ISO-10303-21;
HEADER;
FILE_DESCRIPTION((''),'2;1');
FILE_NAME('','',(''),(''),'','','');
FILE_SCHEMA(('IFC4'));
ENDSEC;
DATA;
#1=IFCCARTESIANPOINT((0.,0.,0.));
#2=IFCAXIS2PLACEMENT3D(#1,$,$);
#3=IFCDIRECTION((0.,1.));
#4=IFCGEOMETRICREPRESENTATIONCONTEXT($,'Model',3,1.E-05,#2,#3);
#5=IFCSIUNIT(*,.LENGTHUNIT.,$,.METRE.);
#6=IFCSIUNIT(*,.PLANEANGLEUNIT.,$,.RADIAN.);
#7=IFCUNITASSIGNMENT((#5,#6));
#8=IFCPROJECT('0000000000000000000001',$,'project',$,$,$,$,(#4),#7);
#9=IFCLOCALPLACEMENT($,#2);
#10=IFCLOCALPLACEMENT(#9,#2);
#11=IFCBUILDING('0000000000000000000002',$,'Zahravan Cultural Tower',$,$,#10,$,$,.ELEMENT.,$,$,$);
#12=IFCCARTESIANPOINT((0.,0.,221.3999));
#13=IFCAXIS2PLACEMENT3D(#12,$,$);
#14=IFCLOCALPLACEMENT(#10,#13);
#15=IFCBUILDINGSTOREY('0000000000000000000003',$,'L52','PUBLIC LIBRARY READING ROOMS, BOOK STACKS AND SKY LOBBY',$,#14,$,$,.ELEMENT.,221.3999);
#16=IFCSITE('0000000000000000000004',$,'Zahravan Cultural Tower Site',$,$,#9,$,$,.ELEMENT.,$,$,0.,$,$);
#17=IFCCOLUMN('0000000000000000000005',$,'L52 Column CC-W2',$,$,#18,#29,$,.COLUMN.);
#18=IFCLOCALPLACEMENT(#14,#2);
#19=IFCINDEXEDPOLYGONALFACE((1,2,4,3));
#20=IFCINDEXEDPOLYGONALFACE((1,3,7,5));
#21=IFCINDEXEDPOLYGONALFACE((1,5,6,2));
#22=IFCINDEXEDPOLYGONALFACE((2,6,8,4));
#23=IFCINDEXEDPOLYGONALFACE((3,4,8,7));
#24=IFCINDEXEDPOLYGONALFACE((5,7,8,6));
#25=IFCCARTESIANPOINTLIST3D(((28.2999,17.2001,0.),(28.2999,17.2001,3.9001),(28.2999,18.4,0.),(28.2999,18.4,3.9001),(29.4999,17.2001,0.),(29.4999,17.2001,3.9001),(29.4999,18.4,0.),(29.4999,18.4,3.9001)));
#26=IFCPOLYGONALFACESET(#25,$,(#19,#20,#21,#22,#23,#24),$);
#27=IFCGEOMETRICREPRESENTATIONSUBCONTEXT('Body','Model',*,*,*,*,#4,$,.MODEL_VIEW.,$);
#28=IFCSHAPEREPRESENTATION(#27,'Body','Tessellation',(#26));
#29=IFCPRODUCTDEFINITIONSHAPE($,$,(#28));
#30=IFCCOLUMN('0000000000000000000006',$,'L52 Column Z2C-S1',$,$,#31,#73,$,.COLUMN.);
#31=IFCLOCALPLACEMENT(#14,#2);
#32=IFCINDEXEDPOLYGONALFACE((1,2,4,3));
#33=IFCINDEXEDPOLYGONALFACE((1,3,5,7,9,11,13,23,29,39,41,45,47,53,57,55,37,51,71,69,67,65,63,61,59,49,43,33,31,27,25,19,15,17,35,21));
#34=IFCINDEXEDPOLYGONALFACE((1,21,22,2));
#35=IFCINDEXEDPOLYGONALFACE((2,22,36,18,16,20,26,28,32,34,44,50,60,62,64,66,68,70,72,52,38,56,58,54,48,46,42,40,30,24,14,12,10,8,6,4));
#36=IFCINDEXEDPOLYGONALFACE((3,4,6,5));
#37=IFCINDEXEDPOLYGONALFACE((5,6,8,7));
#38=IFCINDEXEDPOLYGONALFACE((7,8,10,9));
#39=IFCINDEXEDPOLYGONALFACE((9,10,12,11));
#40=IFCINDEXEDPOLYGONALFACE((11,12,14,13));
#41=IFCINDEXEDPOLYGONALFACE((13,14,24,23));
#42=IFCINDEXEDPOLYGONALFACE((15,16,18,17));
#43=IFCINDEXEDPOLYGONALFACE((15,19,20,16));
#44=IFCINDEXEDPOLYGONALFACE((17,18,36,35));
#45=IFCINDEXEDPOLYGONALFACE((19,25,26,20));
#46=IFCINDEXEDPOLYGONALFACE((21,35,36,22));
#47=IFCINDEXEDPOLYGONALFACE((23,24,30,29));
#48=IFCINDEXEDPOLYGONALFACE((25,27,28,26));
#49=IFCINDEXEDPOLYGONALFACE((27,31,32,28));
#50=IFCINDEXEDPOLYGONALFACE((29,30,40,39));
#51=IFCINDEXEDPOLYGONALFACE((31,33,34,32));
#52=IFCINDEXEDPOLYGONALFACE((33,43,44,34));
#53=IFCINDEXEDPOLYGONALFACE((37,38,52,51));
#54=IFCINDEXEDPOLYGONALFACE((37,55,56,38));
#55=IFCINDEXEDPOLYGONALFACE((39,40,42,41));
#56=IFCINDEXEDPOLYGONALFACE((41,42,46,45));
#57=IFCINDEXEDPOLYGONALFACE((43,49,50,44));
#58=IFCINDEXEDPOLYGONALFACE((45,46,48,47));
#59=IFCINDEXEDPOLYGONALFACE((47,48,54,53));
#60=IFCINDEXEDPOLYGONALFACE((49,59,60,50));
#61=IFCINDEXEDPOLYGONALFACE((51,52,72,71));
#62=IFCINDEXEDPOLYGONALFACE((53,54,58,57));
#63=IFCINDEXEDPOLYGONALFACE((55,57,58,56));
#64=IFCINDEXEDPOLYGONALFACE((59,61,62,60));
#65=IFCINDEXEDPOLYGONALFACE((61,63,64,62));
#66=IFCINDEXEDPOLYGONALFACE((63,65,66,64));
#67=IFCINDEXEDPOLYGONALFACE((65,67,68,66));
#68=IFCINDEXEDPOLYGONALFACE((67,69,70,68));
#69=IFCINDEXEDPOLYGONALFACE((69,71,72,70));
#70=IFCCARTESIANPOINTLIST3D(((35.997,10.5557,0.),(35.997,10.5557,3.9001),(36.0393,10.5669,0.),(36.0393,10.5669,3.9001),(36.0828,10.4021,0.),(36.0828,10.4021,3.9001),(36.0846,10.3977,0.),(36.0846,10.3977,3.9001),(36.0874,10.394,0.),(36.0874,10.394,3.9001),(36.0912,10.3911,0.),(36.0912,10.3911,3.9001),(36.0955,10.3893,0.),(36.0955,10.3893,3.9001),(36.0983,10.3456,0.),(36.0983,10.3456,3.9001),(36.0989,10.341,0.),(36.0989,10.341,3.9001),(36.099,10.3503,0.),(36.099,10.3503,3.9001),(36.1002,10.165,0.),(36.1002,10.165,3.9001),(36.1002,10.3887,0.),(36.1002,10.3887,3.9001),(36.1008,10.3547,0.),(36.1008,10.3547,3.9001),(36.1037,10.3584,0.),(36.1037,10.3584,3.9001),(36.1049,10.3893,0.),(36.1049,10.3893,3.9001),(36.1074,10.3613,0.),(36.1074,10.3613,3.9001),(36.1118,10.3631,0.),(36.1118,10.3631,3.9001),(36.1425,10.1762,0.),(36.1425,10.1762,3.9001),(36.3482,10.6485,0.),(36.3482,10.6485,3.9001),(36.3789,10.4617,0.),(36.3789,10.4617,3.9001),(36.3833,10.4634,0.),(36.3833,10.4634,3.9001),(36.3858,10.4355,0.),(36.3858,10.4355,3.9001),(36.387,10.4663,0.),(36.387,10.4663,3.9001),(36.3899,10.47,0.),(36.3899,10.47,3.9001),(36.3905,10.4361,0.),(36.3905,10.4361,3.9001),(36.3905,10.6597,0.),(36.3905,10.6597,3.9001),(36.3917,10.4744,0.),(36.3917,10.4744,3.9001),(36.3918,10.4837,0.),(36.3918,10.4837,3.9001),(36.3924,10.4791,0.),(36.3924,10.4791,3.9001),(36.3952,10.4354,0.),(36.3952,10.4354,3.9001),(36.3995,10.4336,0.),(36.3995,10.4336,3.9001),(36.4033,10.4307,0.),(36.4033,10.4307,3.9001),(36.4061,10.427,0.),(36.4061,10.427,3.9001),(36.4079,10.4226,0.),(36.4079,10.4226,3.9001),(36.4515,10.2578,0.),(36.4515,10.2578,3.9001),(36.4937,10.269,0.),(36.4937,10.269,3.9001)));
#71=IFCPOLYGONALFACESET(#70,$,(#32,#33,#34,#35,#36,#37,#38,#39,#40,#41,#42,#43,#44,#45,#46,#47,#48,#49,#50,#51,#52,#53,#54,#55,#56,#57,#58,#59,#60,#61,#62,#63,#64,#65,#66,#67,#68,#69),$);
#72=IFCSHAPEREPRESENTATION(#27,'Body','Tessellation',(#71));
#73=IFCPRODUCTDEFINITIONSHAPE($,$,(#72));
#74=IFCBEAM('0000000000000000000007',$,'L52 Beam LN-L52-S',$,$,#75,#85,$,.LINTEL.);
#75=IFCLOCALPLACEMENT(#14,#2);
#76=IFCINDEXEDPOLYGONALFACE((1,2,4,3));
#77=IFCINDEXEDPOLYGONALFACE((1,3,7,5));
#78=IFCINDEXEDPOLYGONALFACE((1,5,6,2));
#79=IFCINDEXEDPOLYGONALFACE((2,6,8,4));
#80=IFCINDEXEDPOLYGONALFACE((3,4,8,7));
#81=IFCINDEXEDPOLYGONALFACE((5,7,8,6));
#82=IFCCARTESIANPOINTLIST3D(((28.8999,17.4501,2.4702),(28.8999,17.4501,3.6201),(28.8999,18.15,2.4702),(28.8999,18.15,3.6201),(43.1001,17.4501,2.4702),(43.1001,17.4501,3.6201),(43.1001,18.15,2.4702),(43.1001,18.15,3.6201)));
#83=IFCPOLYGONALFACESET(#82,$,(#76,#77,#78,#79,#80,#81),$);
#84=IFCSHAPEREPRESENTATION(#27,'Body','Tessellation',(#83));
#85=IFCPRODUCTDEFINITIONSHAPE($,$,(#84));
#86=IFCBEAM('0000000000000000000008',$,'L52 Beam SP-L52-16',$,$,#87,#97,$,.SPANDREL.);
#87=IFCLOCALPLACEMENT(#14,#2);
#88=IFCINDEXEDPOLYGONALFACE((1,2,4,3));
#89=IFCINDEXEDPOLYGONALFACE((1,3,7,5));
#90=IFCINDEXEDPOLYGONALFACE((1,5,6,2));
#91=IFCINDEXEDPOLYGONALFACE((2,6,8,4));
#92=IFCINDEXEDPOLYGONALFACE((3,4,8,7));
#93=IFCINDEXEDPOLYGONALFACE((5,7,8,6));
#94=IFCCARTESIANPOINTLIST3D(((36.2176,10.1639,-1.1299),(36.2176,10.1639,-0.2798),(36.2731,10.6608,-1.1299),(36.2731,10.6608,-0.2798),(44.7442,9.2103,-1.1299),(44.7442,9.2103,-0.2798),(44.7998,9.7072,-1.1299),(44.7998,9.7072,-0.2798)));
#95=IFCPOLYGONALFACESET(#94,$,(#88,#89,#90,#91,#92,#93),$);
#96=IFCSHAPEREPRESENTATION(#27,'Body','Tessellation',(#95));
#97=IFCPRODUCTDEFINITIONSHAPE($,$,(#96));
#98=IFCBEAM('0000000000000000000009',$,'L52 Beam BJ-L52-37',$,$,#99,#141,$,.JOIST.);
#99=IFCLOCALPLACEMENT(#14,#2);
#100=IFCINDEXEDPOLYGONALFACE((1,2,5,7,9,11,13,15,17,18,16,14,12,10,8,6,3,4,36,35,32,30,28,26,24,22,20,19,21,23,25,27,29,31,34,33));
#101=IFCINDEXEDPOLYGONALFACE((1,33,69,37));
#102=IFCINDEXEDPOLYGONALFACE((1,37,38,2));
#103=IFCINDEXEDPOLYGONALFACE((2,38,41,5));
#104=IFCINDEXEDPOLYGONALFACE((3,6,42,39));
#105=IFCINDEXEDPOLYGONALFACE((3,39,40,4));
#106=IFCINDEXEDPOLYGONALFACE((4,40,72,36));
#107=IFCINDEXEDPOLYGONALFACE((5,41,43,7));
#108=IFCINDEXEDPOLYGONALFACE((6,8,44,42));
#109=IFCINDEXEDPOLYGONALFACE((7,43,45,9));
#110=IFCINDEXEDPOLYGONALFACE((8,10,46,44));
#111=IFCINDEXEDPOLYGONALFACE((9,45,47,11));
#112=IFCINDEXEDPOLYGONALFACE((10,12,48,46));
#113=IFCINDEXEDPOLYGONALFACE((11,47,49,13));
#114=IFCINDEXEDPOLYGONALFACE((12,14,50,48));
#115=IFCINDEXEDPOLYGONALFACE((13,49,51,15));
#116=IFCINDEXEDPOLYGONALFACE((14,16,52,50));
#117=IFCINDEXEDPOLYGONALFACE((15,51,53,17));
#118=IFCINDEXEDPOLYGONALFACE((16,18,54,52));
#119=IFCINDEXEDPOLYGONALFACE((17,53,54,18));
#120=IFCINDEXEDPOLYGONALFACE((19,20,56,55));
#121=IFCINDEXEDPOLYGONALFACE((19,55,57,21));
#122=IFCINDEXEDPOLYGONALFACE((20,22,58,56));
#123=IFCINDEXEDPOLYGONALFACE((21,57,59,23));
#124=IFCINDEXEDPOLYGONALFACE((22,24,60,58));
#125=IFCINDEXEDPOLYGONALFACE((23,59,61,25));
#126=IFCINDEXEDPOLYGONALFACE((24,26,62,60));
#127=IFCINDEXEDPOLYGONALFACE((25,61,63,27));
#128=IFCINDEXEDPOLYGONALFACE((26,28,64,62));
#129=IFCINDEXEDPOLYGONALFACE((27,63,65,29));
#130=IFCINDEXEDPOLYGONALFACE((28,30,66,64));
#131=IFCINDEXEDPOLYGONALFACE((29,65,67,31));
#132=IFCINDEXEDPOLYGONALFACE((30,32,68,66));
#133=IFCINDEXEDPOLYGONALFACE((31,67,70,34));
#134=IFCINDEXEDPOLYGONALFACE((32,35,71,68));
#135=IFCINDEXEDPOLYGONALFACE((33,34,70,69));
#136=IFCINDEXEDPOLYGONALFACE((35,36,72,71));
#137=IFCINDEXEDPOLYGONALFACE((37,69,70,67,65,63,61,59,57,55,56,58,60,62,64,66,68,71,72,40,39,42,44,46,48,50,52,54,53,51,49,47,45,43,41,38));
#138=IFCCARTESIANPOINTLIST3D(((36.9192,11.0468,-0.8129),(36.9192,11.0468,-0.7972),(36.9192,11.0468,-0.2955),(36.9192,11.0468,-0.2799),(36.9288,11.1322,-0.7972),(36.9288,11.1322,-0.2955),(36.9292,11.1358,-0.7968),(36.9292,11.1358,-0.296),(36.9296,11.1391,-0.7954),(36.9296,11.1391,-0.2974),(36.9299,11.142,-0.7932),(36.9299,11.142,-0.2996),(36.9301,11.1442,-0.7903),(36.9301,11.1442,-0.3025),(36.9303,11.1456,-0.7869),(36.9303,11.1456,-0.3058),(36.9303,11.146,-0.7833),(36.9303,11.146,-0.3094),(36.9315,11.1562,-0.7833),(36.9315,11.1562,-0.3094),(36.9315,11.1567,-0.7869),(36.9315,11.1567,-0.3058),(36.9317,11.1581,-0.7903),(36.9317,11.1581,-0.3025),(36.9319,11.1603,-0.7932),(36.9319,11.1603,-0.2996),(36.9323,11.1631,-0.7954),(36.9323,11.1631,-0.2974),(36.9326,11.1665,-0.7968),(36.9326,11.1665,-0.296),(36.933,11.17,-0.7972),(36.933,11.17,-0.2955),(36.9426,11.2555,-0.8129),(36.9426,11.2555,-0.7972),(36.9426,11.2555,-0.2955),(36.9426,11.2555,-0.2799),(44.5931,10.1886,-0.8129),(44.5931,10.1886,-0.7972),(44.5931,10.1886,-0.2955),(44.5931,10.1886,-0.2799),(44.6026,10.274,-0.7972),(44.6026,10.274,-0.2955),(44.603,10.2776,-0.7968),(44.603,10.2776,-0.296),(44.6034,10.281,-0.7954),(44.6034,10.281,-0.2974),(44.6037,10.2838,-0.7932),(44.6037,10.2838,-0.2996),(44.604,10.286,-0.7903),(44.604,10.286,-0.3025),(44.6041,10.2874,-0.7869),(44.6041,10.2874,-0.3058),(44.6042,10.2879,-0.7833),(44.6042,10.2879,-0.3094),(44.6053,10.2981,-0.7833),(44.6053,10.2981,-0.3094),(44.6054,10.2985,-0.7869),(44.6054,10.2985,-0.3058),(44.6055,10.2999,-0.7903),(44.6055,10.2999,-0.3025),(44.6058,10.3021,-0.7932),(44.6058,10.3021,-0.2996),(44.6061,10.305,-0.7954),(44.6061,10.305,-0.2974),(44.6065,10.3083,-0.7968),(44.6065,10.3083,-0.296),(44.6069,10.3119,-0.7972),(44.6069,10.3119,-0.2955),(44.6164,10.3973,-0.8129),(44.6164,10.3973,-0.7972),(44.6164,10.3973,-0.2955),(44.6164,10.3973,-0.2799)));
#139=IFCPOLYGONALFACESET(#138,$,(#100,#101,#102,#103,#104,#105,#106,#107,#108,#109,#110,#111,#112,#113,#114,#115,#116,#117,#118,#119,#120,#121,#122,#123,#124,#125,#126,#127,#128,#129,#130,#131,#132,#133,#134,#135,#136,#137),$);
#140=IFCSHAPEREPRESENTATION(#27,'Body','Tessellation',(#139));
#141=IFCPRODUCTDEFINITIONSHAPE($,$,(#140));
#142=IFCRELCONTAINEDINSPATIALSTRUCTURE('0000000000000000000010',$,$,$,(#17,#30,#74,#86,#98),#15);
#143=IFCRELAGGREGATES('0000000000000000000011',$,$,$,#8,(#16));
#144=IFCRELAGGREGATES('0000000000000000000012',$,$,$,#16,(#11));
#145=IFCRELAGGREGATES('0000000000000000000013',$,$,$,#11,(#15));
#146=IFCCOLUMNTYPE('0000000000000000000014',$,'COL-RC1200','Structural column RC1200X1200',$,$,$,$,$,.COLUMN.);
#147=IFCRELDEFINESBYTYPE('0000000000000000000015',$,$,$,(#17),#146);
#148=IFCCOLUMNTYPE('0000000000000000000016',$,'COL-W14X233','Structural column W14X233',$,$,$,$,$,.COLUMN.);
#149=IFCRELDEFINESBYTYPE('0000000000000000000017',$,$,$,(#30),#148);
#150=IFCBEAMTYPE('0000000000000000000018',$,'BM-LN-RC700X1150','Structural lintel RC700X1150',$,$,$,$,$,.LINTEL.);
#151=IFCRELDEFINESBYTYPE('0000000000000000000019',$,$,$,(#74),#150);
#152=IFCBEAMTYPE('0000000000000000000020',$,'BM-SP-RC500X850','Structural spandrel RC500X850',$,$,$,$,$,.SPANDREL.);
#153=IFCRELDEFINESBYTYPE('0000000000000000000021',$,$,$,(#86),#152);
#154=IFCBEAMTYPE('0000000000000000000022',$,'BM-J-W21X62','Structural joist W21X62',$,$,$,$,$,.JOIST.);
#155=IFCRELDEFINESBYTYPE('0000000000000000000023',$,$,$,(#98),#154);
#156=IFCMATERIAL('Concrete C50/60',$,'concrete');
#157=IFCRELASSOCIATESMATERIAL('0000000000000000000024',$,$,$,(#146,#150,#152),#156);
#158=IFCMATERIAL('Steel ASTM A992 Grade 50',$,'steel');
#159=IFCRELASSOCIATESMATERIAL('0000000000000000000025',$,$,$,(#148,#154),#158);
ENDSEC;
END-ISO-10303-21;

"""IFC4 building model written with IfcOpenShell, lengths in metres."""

from ifc_helpers import new_model, si_unit, direction, frame, origin, origin_2d, place, context, subcontext, project, spatial, rectangle, i_section, extrude, source, transform, mapped, material, material_profile, profile_set, type_object, element, save


model = new_model("IFC4")

# Units and contexts
model_context = context("Model", 3, precision=1e-05, world=origin(), true_north=direction((0.0, 1.0)))
body_context = subcontext(model_context, "Body", "Model", "MODEL_VIEW")
ifc_project = project(units=[si_unit("LENGTHUNIT", "METRE"), si_unit("PLANEANGLEUNIT", "RADIAN")], contexts=[model_context])

# Site, building, storey
site_placement = place(None, origin())
site = spatial("IfcSite", under=ifc_project, at=site_placement, Name="Zahravan Cultural Tower Site", CompositionType="ELEMENT", RefElevation=0.0)
building_placement = place(site_placement, origin())
building = spatial("IfcBuilding", under=site, at=building_placement, Name="Zahravan Cultural Tower", CompositionType="ELEMENT")
storey_placement = place(building_placement, frame((0.0, 0.0, 221.3999)))
storey = spatial("IfcBuildingStorey", under=building, at=storey_placement, Name="L52", Description="PUBLIC LIBRARY READING ROOMS, BOOK STACKS AND SKY LOBBY", CompositionType="ELEMENT", Elevation=221.3999)

# Columns
ifc_material_1 = material(Name="Concrete C50/60", Category="concrete")
ifc_material_profile_1 = material_profile(ifc_material_1, rectangle(XDim=1.2, YDim=1.2, at=origin_2d()), Name="RC1200X1200")
ifc_profile_set_1 = profile_set([ifc_material_profile_1], Name="Concrete C50/60")
column_type_1 = type_object("IfcColumnType", Name="COL-RC1200", Description="Structural column RC1200X1200", PredefinedType="COLUMN", material=ifc_profile_set_1)
shared_shape_1 = source(origin(), body_context, "Body", "SweptSolid", [
    extrude(rectangle(XDim=1.2, YDim=1.2, at=origin_2d()), origin(), (0.0, 0.0, 1.0), 3.9001),
])
column_1_placement = place(storey_placement, frame((28.8999, 17.8, 0.0), z_axis=(0.0, 0.0, 1.0), x_axis=(1.0, 0.0, 0.0)))
element("IfcColumn", 1, at=column_1_placement, inside=storey, type_object=column_type_1, Name="L52 Column CC-W2", PredefinedType="COLUMN", context=body_context, shape_type="MappedRepresentation", body=[
    mapped(shared_shape_1, transform((0.0, 0.0, 0.0), x_axis=(1.0, 0.0, 0.0), y_axis=(0.0, 1.0, 0.0), z_axis=(0.0, 0.0, 1.0), scale=1.0)),
])
ifc_material_2 = material(Name="Steel ASTM A992 Grade 50", Category="steel")
ifc_material_profile_2 = material_profile(ifc_material_2, i_section(OverallWidth=0.4041, OverallDepth=0.407, WebThickness=0.0271, FlangeThickness=0.0437, FilletRadius=0.0181, at=origin_2d()), Name="W14X233")
ifc_profile_set_2 = profile_set([ifc_material_profile_2], Name="Steel ASTM A992 Grade 50")
column_type_2 = type_object("IfcColumnType", Name="COL-W14X233", Description="Structural column W14X233", PredefinedType="COLUMN", material=ifc_profile_set_2)
shared_shape_2 = source(origin(), body_context, "Body", "SweptSolid", [
    extrude(i_section(OverallWidth=0.4041, OverallDepth=0.407, WebThickness=0.0271, FlangeThickness=0.0437, FilletRadius=0.0181, at=origin_2d()), origin(), (0.0, 0.0, 1.0), 3.9001),
])
column_2_placement = place(storey_placement, frame((36.2454, 10.4124, 0.0), z_axis=(0.0, 0.0, 1.0), x_axis=(-0.255446, 0.966823, 0.0)))
element("IfcColumn", 2, at=column_2_placement, inside=storey, type_object=column_type_2, Name="L52 Column Z2C-S1", PredefinedType="COLUMN", context=body_context, shape_type="MappedRepresentation", body=[
    mapped(shared_shape_2, transform((0.0, 0.0, 0.0), x_axis=(1.0, 0.0, 0.0), y_axis=(0.0, 1.0, 0.0), z_axis=(0.0, 0.0, 1.0), scale=1.0)),
])

# Beams
ifc_material_profile_3 = material_profile(ifc_material_1, rectangle(XDim=0.7, YDim=1.1499, at=origin_2d()), Name="RC700X1150")
ifc_profile_set_3 = profile_set([ifc_material_profile_3], Name="Concrete C50/60")
beam_type_1 = type_object("IfcBeamType", Name="BM-LN-RC700X1150", Description="Structural lintel RC700X1150", PredefinedType="LINTEL", material=ifc_profile_set_3)
shared_shape_3 = source(origin(), body_context, "Body", "SweptSolid", [
    extrude(rectangle(XDim=0.7, YDim=1.1499, at=origin_2d()), origin(), (0.0, 0.0, 1.0), 14.2002),
])
beam_1_placement = place(storey_placement, frame((28.8999, 17.8, 3.0452), z_axis=(1.0, 0.0, 0.0), x_axis=(0.0, 1.0, 0.0)))
element("IfcBeam", 3, at=beam_1_placement, inside=storey, type_object=beam_type_1, Name="L52 Beam LN-L52-S", PredefinedType="LINTEL", context=body_context, shape_type="MappedRepresentation", body=[
    mapped(shared_shape_3, transform((0.0, 0.0, 0.0), x_axis=(1.0, 0.0, 0.0), y_axis=(0.0, 1.0, 0.0), z_axis=(0.0, 0.0, 1.0), scale=1.0)),
])
ifc_material_profile_4 = material_profile(ifc_material_1, rectangle(XDim=0.5, YDim=0.8501, at=origin_2d()), Name="RC500X850")
ifc_profile_set_4 = profile_set([ifc_material_profile_4], Name="Concrete C50/60")
beam_type_2 = type_object("IfcBeamType", Name="BM-SP-RC500X850", Description="Structural spandrel RC500X850", PredefinedType="SPANDREL", material=ifc_profile_set_4)
shared_shape_4 = source(origin(), body_context, "Body", "SweptSolid", [
    extrude(rectangle(XDim=0.5, YDim=0.8501, at=origin_2d()), origin(), (0.0, 0.0, 1.0), 8.5798),
])
beam_2_placement = place(storey_placement, frame((36.2454, 10.4124, -0.7048), z_axis=(0.993804, -0.111147, 0.0), x_axis=(0.111147, 0.993804, 0.0)))
element("IfcBeam", 4, at=beam_2_placement, inside=storey, type_object=beam_type_2, Name="L52 Beam SP-L52-16", PredefinedType="SPANDREL", context=body_context, shape_type="MappedRepresentation", body=[
    mapped(shared_shape_4, transform((0.0, 0.0, 0.0), x_axis=(1.0, 0.0, 0.0), y_axis=(0.0, 1.0, 0.0), z_axis=(0.0, 0.0, 1.0), scale=1.0)),
])
ifc_material_profile_5 = material_profile(ifc_material_2, i_section(OverallWidth=0.21, OverallDepth=0.533, WebThickness=0.0103, FlangeThickness=0.0156, FilletRadius=0.0139, at=origin_2d()), Name="W21X62")
ifc_profile_set_5 = profile_set([ifc_material_profile_5], Name="Steel ASTM A992 Grade 50")
beam_type_3 = type_object("IfcBeamType", Name="BM-J-W21X62", Description="Structural joist W21X62", PredefinedType="JOIST", material=ifc_profile_set_5)
shared_shape_5 = source(origin(), body_context, "Body", "SweptSolid", [
    extrude(i_section(OverallWidth=0.21, OverallDepth=0.533, WebThickness=0.0103, FlangeThickness=0.0156, FilletRadius=0.0139, at=origin_2d()), origin(), (0.0, 0.0, 1.0), 7.7217),
])
beam_3_placement = place(storey_placement, frame((36.9309, 11.1511, -0.5464), z_axis=(0.993805, -0.111136, 0.0), x_axis=(0.111136, 0.993805, 0.0)))
element("IfcBeam", 5, at=beam_3_placement, inside=storey, type_object=beam_type_3, Name="L52 Beam BJ-L52-37", PredefinedType="JOIST", context=body_context, shape_type="MappedRepresentation", body=[
    mapped(shared_shape_5, transform((0.0, 0.0, 0.0), x_axis=(1.0, 0.0, 0.0), y_axis=(0.0, 1.0, 0.0), z_axis=(0.0, 0.0, 1.0), scale=1.0)),
])

save(model, "model.ifc")
